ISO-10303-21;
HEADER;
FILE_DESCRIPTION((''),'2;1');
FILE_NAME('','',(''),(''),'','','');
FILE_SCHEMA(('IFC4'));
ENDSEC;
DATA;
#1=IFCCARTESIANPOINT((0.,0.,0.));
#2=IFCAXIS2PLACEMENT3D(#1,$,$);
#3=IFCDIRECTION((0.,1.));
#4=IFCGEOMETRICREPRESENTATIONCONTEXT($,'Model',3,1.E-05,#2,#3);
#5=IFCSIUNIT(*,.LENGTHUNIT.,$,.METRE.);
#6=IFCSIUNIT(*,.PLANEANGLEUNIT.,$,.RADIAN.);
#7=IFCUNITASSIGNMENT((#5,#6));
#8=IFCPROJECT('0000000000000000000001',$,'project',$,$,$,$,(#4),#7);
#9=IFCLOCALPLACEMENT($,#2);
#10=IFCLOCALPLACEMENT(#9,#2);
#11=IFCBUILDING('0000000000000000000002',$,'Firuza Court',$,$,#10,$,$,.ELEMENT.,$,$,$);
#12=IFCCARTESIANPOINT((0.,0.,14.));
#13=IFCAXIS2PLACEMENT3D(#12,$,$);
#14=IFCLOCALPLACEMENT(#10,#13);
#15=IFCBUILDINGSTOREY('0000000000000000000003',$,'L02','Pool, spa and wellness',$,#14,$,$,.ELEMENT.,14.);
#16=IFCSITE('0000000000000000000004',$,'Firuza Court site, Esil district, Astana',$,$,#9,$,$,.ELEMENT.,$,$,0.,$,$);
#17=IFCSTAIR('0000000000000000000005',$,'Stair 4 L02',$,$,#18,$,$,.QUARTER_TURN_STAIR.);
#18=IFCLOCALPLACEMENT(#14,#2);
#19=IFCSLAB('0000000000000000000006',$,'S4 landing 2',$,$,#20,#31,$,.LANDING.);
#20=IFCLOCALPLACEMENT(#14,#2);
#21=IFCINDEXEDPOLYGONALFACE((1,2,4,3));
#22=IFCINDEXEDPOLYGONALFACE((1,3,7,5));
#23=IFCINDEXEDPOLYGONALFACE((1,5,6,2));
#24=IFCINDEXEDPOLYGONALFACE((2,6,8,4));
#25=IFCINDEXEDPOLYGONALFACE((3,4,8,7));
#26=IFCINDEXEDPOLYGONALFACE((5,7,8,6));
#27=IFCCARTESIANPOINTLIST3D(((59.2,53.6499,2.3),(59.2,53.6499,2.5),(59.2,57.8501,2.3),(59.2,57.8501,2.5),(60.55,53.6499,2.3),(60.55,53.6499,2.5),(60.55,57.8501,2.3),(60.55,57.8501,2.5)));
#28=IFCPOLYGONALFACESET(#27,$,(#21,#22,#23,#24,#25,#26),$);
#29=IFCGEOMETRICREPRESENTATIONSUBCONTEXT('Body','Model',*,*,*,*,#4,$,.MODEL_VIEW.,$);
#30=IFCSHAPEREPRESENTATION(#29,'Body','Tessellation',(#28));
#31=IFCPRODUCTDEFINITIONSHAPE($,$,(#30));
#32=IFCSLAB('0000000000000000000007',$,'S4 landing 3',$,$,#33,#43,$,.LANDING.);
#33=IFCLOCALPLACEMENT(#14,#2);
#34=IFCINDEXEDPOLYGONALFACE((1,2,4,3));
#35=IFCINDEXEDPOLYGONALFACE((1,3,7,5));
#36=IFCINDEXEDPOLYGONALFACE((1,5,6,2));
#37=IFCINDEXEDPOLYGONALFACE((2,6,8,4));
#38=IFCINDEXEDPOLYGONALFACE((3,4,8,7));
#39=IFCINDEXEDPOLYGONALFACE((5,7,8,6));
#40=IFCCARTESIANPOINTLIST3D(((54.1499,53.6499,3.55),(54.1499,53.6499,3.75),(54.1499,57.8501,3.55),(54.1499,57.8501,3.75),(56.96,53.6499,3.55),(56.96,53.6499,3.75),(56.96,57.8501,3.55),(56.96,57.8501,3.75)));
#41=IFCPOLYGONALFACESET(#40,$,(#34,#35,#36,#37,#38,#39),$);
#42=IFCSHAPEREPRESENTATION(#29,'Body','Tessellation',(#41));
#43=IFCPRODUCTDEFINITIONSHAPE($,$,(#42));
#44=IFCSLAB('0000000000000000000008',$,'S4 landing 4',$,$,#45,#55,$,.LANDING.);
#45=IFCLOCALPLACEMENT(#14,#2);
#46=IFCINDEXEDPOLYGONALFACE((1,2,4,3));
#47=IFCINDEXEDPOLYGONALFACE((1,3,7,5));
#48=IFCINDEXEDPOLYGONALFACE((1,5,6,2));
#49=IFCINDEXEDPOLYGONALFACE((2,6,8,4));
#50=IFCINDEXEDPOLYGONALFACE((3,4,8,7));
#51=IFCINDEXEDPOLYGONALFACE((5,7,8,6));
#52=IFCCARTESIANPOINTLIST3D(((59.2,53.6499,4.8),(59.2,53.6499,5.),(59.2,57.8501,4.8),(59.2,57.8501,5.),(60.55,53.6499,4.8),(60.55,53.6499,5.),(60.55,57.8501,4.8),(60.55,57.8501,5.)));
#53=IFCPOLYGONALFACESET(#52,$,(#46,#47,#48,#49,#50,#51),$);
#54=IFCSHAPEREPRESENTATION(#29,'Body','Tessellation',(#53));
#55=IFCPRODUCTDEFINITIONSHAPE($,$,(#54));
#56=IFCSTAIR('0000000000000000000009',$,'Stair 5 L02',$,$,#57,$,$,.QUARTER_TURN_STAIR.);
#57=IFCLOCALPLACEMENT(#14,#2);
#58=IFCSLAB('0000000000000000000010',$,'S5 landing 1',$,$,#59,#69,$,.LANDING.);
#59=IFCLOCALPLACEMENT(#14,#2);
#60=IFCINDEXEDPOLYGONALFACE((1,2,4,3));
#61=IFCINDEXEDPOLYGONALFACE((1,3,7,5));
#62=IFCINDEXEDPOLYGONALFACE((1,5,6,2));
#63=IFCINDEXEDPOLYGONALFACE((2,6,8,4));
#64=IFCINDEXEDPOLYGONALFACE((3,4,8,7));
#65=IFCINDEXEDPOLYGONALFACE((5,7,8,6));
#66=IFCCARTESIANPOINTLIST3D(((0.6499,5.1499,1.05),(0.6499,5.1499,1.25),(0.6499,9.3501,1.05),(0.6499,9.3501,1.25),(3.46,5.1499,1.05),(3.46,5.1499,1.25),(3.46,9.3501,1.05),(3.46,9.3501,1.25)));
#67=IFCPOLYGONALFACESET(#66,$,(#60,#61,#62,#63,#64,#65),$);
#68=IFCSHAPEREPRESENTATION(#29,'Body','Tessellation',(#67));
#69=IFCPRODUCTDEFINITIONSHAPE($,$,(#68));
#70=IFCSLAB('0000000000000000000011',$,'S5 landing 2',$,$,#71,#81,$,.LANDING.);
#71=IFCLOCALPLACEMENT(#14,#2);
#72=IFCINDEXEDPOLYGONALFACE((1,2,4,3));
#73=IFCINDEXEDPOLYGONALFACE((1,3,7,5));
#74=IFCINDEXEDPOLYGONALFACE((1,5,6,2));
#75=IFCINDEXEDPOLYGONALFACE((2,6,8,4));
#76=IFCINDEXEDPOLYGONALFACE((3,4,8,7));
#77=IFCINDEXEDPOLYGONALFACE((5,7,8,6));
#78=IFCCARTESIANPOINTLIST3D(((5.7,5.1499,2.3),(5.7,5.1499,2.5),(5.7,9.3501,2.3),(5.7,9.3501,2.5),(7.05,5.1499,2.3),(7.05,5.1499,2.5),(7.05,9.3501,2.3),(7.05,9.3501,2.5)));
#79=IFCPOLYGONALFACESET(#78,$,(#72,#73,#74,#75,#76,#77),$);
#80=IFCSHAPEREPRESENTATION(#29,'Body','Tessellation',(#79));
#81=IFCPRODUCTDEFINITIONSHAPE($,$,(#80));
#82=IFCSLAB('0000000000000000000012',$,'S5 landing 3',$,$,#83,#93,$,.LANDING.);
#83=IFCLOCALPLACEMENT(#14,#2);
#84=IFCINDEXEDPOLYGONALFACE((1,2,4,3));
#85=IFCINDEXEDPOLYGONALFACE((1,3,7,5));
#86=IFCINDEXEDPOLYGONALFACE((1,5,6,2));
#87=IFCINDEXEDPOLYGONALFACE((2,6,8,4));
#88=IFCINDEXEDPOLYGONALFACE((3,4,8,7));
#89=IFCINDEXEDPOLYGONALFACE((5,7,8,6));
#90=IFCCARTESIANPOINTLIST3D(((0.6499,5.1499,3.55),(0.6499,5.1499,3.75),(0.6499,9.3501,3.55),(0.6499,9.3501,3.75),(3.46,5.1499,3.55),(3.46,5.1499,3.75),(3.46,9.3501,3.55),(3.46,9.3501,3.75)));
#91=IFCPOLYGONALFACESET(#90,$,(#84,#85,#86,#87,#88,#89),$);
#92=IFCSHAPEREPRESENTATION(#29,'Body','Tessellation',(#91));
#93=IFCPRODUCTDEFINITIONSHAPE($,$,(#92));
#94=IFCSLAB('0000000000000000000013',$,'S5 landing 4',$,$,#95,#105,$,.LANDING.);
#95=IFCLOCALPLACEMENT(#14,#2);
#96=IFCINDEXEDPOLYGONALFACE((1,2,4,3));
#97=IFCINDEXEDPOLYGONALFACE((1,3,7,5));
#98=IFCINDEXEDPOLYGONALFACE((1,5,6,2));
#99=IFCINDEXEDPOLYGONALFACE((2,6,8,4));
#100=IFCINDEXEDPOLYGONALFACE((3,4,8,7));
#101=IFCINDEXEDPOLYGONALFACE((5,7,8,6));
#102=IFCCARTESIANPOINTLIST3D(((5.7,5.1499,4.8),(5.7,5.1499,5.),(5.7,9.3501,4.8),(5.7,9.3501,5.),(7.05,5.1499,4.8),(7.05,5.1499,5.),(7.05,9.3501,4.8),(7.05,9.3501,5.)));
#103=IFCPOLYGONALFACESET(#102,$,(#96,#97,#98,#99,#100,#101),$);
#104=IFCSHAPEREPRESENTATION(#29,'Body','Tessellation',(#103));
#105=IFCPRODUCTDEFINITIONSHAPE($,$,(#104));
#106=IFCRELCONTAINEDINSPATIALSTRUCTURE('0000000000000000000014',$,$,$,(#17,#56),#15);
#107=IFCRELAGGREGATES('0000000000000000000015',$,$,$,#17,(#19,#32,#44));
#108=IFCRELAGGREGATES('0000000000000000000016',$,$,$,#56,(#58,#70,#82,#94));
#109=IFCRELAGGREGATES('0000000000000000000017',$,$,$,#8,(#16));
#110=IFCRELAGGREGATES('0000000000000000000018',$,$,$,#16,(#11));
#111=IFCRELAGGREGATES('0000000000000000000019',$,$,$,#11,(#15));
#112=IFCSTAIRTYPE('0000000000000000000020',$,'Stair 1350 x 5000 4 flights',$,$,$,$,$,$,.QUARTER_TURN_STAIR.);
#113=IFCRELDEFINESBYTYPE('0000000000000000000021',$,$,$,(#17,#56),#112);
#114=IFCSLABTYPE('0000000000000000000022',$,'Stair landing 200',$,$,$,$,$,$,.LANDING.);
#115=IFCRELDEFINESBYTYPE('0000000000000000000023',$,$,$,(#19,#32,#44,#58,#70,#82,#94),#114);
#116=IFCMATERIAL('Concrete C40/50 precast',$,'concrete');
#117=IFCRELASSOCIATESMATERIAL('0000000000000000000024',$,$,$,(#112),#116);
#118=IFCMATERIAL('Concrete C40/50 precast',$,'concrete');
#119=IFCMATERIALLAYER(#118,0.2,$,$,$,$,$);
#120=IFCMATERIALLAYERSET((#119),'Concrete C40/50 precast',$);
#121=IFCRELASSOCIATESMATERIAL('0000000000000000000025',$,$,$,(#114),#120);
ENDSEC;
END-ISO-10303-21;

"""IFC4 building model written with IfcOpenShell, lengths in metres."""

from ifc_helpers import new_model, si_unit, direction, frame, origin, place, context, subcontext, project, spatial, polyline, outline, extrude, material, layer, layer_set, type_object, element, aggregate, save


model = new_model("IFC4")

# Units and contexts
model_context = context("Model", 3, precision=1e-05, world=origin(), true_north=direction((0.0, 1.0)))
body_context = subcontext(model_context, "Body", "Model", "MODEL_VIEW")
ifc_project = project(units=[si_unit("LENGTHUNIT", "METRE"), si_unit("PLANEANGLEUNIT", "RADIAN")], contexts=[model_context])

# Site, building, storey
site_placement = place(None, origin())
site = spatial("IfcSite", under=ifc_project, at=site_placement, Name="Firuza Court site, Esil district, Astana", CompositionType="ELEMENT", RefElevation=0.0)
building_placement = place(site_placement, origin())
building = spatial("IfcBuilding", under=site, at=building_placement, Name="Firuza Court", CompositionType="ELEMENT")
storey_placement = place(building_placement, frame((0.0, 0.0, 14.0)))
storey = spatial("IfcBuildingStorey", under=building, at=storey_placement, Name="L02", Description="Pool, spa and wellness", CompositionType="ELEMENT", Elevation=14.0)

# Stairs, slabs
ifc_material_1 = material(Name="Concrete C40/50 precast", Category="concrete")
stair_type_1 = type_object("IfcStairType", Name="Stair 1350 x 5000 4 flights", PredefinedType="QUARTER_TURN_STAIR", material=ifc_material_1)
ifc_material_2 = material(Name="Concrete C40/50 precast", Category="concrete")
ifc_layer_1 = layer(ifc_material_2, 0.2)
ifc_layer_set_1 = layer_set([ifc_layer_1], Name="Concrete C40/50 precast")
slab_type_1 = type_object("IfcSlabType", Name="Stair landing 200", PredefinedType="LANDING", material=ifc_layer_set_1)
stair_1_placement = place(storey_placement, origin())
stair_1 = element("IfcStair", 1, at=stair_1_placement, inside=storey, type_object=stair_type_1, Name="Stair 4 L02", PredefinedType="QUARTER_TURN_STAIR")
slab_1_placement = place(storey_placement, frame((0.0, 0.0, 2.3)))
slab_1 = element("IfcSlab", 2, at=slab_1_placement, type_object=slab_type_1, Name="S4 landing 2", PredefinedType="LANDING", context=body_context, shape_type="SweptSolid", body=[
    extrude(outline(polyline([(60.55, 53.6499), (60.55, 57.8501), (59.2, 57.8501), (59.2, 53.6499), (60.55, 53.6499)])), origin(), (0.0, 0.0, 1.0), 0.2),
])
slab_2_placement = place(storey_placement, frame((0.0, 0.0, 3.55)))
slab_2 = element("IfcSlab", 3, at=slab_2_placement, type_object=slab_type_1, Name="S4 landing 3", PredefinedType="LANDING", context=body_context, shape_type="SweptSolid", body=[
    extrude(outline(polyline([(56.96, 53.6499), (56.96, 57.8501), (54.1499, 57.8501), (54.1499, 53.6499), (56.96, 53.6499)])), origin(), (0.0, 0.0, 1.0), 0.2),
])
slab_3_placement = place(storey_placement, frame((0.0, 0.0, 4.8)))
slab_3 = element("IfcSlab", 4, at=slab_3_placement, type_object=slab_type_1, Name="S4 landing 4", PredefinedType="LANDING", context=body_context, shape_type="SweptSolid", body=[
    extrude(outline(polyline([(60.55, 53.6499), (60.55, 57.8501), (59.2, 57.8501), (59.2, 53.6499), (60.55, 53.6499)])), origin(), (0.0, 0.0, 1.0), 0.2),
])
aggregate(stair_1, [slab_1, slab_2, slab_3])
stair_2_placement = place(storey_placement, origin())
stair_2 = element("IfcStair", 5, at=stair_2_placement, inside=storey, type_object=stair_type_1, Name="Stair 5 L02", PredefinedType="QUARTER_TURN_STAIR")
slab_4_placement = place(storey_placement, frame((0.0, 0.0, 1.05)))
slab_4 = element("IfcSlab", 6, at=slab_4_placement, type_object=slab_type_1, Name="S5 landing 1", PredefinedType="LANDING", context=body_context, shape_type="SweptSolid", body=[
    extrude(outline(polyline([(3.46, 5.1499), (3.46, 9.3501), (0.6499, 9.3501), (0.6499, 5.1499), (3.46, 5.1499)])), origin(), (0.0, 0.0, 1.0), 0.2),
])
slab_5_placement = place(storey_placement, frame((0.0, 0.0, 2.3)))
slab_5 = element("IfcSlab", 7, at=slab_5_placement, type_object=slab_type_1, Name="S5 landing 2", PredefinedType="LANDING", context=body_context, shape_type="SweptSolid", body=[
    extrude(outline(polyline([(7.05, 5.1499), (7.05, 9.3501), (5.7, 9.3501), (5.7, 5.1499), (7.05, 5.1499)])), origin(), (0.0, 0.0, 1.0), 0.2),
])
slab_6_placement = place(storey_placement, frame((0.0, 0.0, 3.55)))
slab_6 = element("IfcSlab", 8, at=slab_6_placement, type_object=slab_type_1, Name="S5 landing 3", PredefinedType="LANDING", context=body_context, shape_type="SweptSolid", body=[
    extrude(outline(polyline([(3.46, 5.1499), (3.46, 9.3501), (0.6499, 9.3501), (0.6499, 5.1499), (3.46, 5.1499)])), origin(), (0.0, 0.0, 1.0), 0.2),
])
slab_7_placement = place(storey_placement, frame((0.0, 0.0, 4.8)))
slab_7 = element("IfcSlab", 9, at=slab_7_placement, type_object=slab_type_1, Name="S5 landing 4", PredefinedType="LANDING", context=body_context, shape_type="SweptSolid", body=[
    extrude(outline(polyline([(7.05, 5.1499), (7.05, 9.3501), (5.7, 9.3501), (5.7, 5.1499), (7.05, 5.1499)])), origin(), (0.0, 0.0, 1.0), 0.2),
])
aggregate(stair_2, [slab_4, slab_5, slab_6, slab_7])

save(model, "model.ifc")
